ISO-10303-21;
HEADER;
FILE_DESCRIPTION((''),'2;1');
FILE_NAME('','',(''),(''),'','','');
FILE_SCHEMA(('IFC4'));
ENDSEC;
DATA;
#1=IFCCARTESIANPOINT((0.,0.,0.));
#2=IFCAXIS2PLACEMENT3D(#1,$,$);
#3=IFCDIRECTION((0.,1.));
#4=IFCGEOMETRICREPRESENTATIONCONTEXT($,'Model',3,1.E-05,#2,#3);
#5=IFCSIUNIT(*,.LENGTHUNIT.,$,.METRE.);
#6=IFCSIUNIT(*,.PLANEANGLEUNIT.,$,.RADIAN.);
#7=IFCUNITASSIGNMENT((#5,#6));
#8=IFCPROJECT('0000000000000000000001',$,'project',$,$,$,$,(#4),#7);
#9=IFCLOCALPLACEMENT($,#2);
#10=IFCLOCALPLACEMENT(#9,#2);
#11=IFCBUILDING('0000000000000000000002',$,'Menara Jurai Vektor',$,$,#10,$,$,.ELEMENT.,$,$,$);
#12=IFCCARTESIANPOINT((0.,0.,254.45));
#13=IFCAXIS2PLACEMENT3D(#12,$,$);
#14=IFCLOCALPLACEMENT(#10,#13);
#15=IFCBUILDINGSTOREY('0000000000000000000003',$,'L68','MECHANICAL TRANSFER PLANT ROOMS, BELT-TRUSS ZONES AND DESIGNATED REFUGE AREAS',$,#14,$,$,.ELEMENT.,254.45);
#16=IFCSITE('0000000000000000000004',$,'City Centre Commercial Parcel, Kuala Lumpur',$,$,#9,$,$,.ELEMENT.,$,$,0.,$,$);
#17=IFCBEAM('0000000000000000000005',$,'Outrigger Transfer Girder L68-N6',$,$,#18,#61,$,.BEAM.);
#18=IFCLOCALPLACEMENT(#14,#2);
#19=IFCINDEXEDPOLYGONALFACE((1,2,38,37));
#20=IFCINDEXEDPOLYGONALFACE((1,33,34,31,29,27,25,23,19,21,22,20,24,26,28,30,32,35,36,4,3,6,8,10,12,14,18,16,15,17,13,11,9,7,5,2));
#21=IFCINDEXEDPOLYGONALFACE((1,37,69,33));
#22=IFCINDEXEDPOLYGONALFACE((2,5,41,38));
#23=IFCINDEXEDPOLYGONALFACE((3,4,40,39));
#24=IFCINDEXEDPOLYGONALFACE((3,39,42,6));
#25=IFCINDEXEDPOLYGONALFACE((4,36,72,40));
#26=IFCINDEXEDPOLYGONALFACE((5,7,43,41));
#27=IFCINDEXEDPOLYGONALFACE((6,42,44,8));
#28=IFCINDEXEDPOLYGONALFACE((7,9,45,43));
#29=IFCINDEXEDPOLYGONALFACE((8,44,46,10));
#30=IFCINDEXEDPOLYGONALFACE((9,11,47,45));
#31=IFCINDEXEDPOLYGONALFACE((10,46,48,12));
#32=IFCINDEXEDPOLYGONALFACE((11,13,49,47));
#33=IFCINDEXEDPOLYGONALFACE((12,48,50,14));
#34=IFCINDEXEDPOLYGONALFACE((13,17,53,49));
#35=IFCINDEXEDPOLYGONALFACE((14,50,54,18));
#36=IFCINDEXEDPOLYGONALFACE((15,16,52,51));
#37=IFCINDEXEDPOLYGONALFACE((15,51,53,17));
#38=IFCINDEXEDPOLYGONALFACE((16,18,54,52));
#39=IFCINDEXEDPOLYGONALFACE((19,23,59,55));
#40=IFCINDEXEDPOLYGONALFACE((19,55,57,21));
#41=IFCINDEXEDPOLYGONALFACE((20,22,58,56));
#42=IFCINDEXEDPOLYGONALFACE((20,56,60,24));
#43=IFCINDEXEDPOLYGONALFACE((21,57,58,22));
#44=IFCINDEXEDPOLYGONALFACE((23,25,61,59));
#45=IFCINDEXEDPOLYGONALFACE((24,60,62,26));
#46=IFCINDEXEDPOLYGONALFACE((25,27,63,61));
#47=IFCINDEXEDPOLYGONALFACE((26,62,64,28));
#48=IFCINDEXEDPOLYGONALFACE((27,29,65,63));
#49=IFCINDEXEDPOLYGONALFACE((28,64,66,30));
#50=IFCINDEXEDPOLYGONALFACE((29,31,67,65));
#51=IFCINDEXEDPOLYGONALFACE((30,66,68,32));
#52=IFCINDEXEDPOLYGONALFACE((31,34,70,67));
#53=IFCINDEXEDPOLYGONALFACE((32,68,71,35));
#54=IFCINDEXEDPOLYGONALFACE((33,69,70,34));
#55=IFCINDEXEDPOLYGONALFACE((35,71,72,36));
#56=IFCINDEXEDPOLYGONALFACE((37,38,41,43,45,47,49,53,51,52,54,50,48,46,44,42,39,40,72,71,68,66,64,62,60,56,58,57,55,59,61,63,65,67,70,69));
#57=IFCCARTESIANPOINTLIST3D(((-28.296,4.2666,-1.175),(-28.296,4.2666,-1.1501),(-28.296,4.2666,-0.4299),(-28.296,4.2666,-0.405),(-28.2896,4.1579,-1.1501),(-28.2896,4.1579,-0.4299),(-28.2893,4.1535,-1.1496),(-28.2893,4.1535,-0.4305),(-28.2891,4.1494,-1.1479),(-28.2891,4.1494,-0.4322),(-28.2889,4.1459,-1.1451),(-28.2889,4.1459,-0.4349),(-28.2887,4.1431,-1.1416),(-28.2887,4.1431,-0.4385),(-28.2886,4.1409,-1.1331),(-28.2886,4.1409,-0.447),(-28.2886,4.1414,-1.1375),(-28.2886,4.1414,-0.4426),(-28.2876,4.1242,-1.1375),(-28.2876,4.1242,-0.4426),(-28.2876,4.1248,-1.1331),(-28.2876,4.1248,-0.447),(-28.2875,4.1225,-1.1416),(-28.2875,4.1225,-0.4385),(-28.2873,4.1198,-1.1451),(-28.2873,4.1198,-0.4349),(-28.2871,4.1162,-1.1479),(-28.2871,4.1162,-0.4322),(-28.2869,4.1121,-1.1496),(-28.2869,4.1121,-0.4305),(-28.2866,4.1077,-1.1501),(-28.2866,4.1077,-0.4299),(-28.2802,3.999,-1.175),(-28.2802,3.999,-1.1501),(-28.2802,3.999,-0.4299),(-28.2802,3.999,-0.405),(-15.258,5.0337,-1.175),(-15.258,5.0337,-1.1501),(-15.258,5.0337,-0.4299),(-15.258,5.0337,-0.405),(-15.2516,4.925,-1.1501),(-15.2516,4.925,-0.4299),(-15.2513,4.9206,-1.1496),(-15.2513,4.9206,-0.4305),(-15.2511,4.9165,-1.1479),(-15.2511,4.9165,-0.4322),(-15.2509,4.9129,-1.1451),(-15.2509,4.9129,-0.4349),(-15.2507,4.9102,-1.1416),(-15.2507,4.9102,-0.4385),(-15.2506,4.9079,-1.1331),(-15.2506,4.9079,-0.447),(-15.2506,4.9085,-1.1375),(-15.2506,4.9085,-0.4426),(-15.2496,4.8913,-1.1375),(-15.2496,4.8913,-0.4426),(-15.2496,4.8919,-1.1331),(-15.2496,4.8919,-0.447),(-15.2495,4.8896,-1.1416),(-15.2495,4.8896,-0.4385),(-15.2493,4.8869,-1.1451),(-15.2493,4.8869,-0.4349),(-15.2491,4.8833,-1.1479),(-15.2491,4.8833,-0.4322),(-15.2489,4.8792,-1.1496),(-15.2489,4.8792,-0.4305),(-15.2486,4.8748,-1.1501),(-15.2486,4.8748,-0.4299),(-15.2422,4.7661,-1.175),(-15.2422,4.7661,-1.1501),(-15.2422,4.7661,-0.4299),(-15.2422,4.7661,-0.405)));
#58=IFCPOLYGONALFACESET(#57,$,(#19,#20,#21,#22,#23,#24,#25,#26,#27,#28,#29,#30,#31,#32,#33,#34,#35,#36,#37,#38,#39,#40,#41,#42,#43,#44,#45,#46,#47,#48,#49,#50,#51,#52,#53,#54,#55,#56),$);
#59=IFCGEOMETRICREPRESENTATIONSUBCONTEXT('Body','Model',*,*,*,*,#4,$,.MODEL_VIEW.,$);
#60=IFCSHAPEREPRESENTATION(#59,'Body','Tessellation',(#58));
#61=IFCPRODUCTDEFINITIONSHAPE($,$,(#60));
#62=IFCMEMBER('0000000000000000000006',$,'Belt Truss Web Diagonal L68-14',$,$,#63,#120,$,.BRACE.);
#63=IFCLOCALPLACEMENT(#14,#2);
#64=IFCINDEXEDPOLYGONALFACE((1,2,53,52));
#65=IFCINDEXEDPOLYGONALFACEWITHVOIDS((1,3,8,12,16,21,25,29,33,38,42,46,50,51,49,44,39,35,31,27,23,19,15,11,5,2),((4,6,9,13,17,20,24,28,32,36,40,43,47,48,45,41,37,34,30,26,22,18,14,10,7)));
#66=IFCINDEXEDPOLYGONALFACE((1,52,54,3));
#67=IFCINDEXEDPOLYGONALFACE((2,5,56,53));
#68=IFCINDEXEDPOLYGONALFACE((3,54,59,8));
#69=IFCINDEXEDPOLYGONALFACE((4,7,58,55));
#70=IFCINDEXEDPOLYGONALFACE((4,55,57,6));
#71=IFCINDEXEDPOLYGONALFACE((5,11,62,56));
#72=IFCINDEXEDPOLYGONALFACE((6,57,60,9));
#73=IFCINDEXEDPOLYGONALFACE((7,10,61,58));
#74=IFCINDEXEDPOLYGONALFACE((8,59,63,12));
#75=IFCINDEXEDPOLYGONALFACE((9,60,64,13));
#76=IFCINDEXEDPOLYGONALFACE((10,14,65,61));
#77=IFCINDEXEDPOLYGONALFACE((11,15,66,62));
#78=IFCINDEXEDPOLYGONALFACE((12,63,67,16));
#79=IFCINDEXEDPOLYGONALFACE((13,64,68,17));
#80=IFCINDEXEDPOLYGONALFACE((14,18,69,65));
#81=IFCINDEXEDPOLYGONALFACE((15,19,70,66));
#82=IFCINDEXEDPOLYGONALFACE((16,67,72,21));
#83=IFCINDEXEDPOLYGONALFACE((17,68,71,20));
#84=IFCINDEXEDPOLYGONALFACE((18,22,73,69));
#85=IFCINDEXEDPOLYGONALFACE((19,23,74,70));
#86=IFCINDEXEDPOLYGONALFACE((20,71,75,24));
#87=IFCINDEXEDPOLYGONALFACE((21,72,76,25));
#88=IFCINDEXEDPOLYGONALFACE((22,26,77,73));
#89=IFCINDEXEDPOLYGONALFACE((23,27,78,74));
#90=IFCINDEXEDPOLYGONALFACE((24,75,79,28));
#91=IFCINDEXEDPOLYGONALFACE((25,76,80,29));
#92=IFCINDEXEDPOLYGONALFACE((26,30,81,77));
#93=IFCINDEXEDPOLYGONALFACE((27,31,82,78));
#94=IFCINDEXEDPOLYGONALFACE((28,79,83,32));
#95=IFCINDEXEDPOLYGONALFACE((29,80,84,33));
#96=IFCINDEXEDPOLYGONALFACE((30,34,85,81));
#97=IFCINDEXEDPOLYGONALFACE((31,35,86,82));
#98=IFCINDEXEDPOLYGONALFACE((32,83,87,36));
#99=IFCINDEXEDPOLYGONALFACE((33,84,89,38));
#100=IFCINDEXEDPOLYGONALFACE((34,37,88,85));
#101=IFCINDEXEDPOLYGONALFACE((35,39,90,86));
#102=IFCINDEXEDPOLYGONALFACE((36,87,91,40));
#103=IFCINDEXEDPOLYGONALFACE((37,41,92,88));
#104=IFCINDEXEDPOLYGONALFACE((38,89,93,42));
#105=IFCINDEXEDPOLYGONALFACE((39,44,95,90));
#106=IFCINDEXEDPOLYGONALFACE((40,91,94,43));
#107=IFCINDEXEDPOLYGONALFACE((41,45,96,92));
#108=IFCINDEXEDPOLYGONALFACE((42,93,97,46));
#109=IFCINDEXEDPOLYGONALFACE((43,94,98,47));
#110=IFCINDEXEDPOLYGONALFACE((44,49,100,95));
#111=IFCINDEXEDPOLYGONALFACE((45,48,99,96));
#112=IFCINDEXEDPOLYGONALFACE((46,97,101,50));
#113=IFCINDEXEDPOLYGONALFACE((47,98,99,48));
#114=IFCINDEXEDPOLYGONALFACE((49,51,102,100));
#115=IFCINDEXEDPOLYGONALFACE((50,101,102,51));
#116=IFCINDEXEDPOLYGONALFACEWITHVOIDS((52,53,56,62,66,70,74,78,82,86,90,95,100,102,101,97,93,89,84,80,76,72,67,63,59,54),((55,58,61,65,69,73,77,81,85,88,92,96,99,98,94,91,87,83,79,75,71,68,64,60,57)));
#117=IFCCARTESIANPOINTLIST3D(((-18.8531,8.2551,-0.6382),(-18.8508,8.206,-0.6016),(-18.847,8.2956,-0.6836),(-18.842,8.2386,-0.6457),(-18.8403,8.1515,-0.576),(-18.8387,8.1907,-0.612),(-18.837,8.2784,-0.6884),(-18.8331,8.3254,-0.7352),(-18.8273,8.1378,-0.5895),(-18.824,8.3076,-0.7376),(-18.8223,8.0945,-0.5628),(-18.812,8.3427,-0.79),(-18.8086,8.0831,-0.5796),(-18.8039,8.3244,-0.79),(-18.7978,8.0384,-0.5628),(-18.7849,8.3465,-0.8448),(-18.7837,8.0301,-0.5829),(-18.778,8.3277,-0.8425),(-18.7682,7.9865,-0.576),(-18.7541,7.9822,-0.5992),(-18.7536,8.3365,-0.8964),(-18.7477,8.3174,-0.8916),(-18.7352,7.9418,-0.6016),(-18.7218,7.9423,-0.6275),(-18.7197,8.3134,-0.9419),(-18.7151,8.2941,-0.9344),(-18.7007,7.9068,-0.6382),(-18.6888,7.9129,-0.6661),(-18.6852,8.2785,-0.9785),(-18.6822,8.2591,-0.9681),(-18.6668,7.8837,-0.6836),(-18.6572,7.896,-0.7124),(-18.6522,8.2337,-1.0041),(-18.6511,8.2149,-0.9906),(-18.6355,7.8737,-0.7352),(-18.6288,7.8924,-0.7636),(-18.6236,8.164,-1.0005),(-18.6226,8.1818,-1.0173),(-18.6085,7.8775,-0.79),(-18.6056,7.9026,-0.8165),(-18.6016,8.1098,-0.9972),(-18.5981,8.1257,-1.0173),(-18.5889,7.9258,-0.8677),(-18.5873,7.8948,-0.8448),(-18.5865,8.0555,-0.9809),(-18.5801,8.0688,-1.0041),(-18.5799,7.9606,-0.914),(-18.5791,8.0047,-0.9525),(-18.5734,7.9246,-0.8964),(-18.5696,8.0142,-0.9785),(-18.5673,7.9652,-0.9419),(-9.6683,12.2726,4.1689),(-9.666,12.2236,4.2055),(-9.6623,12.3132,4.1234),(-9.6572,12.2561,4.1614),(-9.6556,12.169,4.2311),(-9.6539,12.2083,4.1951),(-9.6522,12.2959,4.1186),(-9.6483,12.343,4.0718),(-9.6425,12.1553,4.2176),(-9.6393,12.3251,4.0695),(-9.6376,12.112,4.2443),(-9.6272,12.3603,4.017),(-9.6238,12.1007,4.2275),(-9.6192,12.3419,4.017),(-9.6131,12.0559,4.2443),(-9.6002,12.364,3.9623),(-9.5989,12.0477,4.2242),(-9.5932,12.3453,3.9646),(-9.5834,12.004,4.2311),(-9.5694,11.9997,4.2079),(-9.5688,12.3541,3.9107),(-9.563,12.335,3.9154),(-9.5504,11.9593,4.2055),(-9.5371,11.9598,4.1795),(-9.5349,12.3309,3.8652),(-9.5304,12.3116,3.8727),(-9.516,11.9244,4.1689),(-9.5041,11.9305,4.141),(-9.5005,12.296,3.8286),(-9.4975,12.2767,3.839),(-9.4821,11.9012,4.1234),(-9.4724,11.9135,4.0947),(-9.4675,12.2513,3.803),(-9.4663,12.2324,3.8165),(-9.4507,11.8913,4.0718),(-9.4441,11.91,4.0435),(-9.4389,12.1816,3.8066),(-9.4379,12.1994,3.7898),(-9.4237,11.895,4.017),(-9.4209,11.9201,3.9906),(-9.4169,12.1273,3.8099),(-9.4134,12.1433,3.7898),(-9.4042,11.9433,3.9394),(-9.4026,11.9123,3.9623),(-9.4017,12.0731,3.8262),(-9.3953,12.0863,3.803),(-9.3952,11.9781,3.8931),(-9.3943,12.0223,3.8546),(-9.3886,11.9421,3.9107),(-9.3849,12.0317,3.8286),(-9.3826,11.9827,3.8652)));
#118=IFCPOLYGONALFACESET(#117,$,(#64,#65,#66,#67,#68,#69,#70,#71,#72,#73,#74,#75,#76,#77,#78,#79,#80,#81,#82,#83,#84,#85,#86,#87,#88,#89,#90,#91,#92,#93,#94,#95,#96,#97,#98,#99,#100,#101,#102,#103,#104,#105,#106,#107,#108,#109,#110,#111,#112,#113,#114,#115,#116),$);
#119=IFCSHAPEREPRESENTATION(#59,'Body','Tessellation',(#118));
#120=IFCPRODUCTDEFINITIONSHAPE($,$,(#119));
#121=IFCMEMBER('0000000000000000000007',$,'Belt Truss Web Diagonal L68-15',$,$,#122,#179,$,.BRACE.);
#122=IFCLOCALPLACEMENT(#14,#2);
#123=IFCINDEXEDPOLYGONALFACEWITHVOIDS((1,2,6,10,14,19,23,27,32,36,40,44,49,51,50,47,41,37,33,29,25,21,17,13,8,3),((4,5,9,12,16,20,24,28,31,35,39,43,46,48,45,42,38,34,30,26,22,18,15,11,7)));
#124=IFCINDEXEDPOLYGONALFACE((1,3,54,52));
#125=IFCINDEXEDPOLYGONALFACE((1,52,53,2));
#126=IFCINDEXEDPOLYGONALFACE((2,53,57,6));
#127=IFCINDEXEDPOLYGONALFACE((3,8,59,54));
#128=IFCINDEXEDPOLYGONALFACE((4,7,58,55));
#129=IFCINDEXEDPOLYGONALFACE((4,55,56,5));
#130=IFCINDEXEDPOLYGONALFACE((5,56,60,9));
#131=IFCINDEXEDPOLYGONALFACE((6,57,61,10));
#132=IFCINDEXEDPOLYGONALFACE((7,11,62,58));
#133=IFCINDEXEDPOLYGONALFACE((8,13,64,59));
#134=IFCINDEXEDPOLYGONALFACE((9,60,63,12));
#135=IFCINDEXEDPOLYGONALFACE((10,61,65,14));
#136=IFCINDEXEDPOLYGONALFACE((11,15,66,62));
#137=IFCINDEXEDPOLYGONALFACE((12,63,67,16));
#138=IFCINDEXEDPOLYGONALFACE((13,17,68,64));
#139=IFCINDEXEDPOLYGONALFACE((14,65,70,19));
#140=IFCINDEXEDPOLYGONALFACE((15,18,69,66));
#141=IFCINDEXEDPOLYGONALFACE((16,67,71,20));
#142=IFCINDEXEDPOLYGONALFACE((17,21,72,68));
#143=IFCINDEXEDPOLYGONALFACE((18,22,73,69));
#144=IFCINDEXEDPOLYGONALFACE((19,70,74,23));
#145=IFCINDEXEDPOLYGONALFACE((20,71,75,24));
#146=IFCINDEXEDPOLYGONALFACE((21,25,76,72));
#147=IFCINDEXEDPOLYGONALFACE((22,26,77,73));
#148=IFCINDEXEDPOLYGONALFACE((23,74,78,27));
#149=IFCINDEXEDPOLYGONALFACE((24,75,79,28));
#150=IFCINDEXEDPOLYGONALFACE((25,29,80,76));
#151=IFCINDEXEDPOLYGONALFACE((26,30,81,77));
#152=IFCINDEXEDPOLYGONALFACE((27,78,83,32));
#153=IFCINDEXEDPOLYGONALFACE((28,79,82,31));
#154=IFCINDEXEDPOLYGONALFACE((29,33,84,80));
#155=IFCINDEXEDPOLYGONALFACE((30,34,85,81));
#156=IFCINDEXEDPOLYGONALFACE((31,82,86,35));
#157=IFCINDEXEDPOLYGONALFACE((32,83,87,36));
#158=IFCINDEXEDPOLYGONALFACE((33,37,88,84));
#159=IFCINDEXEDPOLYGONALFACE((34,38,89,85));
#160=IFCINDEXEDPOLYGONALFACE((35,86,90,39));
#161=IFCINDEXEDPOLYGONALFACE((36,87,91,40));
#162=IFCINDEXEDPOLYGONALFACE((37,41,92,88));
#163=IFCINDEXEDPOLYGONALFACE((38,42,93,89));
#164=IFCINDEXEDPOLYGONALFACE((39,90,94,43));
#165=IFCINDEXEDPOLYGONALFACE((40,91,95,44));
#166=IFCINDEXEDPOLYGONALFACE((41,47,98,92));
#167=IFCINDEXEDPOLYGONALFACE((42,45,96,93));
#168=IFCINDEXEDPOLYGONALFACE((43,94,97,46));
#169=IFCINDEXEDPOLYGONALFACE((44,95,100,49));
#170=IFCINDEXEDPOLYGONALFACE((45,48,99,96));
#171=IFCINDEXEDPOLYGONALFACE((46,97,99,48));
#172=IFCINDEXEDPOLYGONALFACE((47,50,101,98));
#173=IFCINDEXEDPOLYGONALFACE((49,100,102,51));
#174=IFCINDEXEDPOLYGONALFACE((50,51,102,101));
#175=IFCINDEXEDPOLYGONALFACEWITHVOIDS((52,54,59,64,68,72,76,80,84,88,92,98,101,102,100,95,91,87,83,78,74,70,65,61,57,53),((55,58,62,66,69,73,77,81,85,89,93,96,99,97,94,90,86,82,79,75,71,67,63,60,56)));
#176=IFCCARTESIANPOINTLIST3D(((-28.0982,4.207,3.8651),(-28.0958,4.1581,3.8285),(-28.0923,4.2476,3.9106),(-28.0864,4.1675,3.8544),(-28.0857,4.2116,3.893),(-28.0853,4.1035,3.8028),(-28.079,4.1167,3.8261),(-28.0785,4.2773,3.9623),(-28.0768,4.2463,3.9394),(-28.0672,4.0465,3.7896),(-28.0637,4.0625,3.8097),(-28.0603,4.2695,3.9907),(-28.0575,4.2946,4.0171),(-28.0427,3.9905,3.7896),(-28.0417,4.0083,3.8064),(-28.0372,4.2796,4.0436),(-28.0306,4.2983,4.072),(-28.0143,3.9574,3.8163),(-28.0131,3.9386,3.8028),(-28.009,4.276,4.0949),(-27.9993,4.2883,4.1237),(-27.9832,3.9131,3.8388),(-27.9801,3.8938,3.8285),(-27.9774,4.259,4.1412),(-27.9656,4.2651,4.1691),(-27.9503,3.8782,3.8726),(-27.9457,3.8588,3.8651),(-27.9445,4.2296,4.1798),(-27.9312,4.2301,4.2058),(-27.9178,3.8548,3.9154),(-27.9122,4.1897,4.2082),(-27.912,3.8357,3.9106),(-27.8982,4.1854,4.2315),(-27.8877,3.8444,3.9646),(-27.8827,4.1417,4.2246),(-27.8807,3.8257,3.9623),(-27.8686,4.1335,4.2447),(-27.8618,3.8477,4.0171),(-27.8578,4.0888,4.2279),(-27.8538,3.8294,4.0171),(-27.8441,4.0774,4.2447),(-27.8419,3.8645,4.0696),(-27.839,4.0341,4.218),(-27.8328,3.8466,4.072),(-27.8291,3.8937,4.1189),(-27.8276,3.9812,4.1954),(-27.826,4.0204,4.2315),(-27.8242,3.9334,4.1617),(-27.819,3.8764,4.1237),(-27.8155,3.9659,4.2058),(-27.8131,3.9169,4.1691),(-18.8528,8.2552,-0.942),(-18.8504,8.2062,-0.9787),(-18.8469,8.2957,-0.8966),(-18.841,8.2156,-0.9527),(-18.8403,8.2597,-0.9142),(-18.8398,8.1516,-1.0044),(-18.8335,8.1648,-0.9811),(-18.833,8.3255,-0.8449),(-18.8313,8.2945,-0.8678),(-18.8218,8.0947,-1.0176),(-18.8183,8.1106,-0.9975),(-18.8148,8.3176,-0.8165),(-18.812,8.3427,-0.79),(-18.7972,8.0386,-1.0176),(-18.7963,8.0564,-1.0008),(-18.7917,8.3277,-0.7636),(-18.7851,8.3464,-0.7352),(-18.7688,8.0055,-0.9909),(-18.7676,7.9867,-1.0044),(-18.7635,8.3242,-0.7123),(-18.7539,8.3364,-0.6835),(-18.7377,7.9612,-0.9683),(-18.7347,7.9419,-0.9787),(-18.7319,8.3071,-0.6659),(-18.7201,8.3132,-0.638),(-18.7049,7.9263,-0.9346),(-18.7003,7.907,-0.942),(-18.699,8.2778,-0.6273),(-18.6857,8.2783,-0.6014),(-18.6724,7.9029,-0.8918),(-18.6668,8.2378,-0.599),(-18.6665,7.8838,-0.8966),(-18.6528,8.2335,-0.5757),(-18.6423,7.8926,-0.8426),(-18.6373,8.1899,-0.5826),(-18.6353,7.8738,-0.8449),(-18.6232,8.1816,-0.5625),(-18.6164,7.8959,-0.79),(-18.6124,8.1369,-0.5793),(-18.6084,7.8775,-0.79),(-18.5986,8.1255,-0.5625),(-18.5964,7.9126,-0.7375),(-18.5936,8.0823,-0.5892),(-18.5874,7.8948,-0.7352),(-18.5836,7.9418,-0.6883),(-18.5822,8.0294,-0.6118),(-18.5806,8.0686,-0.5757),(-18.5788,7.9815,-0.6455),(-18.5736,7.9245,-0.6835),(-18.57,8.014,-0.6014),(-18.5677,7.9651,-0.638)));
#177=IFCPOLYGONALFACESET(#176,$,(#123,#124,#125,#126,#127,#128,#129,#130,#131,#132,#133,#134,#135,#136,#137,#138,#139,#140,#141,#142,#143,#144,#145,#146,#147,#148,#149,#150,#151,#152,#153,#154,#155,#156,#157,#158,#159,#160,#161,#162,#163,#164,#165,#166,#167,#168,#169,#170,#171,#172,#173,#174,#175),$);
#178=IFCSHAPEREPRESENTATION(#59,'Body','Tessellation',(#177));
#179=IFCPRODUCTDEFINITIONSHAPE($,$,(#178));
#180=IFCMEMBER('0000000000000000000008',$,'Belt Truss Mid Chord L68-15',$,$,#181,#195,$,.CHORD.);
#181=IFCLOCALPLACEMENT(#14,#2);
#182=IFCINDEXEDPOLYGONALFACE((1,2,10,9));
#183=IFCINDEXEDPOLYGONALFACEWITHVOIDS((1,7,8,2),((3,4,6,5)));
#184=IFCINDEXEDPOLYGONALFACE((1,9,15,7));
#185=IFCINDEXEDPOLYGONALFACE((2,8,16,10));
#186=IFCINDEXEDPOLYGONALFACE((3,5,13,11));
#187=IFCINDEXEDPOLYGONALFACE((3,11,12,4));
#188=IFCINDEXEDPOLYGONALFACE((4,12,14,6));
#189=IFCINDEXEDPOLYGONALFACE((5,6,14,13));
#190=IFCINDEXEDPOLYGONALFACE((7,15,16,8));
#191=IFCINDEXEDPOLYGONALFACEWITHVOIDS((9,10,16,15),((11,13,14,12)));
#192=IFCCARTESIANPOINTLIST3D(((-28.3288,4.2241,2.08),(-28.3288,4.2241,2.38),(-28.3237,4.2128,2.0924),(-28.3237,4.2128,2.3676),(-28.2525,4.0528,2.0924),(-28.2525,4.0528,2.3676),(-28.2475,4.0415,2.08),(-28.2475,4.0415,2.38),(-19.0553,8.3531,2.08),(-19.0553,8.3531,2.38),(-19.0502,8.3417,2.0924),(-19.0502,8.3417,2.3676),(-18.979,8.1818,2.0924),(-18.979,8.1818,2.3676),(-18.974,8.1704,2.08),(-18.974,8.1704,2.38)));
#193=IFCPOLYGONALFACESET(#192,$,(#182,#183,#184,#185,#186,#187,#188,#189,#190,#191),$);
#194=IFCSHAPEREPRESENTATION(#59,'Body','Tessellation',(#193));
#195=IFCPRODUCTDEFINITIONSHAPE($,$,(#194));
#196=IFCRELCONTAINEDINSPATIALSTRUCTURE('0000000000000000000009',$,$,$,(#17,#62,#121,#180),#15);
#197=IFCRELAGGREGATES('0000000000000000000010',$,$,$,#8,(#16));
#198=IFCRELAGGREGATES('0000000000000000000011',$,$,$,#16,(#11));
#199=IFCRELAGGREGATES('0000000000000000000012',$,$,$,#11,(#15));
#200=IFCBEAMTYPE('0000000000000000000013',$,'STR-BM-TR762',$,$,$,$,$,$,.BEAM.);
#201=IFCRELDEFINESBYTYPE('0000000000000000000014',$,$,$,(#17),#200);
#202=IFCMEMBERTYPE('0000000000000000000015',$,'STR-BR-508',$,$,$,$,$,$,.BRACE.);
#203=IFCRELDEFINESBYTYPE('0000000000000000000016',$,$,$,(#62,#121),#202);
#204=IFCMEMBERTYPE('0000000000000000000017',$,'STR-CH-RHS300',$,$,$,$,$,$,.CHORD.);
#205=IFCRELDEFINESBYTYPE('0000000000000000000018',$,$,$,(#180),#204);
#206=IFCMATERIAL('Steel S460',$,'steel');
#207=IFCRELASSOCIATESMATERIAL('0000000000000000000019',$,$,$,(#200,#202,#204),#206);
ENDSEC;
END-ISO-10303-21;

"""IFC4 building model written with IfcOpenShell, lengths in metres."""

from ifc_helpers import new_model, si_unit, direction, frame, origin, origin_2d, place, context, subcontext, project, spatial, hollow_rectangle, hollow_circle, i_section, extrude, material, material_profile, profile_set, type_object, element, save


model = new_model("IFC4")

# Units and contexts
model_context = context("Model", 3, precision=1e-05, world=origin(), true_north=direction((0.0, 1.0)))
body_context = subcontext(model_context, "Body", "Model", "MODEL_VIEW")
ifc_project = project(units=[si_unit("LENGTHUNIT", "METRE"), si_unit("PLANEANGLEUNIT", "RADIAN")], contexts=[model_context])

# Site, building, storey
site_placement = place(None, origin())
site = spatial("IfcSite", under=ifc_project, at=site_placement, Name="City Centre Commercial Parcel, Kuala Lumpur", CompositionType="ELEMENT", RefElevation=0.0)
building_placement = place(site_placement, origin())
building = spatial("IfcBuilding", under=site, at=building_placement, Name="Menara Jurai Vektor", CompositionType="ELEMENT")
storey_placement = place(building_placement, frame((0.0, 0.0, 254.45)))
storey = spatial("IfcBuildingStorey", under=building, at=storey_placement, Name="L68", Description="MECHANICAL TRANSFER PLANT ROOMS, BELT-TRUSS ZONES AND DESIGNATED REFUGE AREAS", CompositionType="ELEMENT", Elevation=254.45)

# Shared definitions
ifc_material_1 = material(Name="Steel S460", Category="steel")

# Beam
ifc_material_profile_1 = material_profile(ifc_material_1, i_section(OverallWidth=0.2681, OverallDepth=0.77, WebThickness=0.0161, FlangeThickness=0.0249, FilletRadius=0.0171, at=origin_2d()), Name="UKB 762x267x197")
ifc_profile_set_1 = profile_set([ifc_material_profile_1], Name="Steel S460")
beam_type_1 = type_object("IfcBeamType", Name="STR-BM-TR762", PredefinedType="BEAM", material=ifc_profile_set_1)
beam_1_placement = place(storey_placement, frame((-28.2881, 4.1328, -0.79), z_axis=(0.998274, 0.058733, 0.0), x_axis=(-0.058733, 0.998274, 0.0)))
element("IfcBeam", 1, at=beam_1_placement, inside=storey, type_object=beam_type_1, Name="Outrigger Transfer Girder L68-N6", PredefinedType="BEAM", context=body_context, shape_type="SweptSolid", body=[
    extrude(i_section(OverallWidth=0.2681, OverallDepth=0.77, WebThickness=0.0161, FlangeThickness=0.0249, FilletRadius=0.0171, at=origin_2d()), origin(), (0.0, 0.0, 1.0), 13.0605),
])

# Members
ifc_material_profile_2 = material_profile(ifc_material_1, hollow_circle(Radius=0.2539, WallThickness=0.02, at=origin_2d()), Name="CHS 508x20")
ifc_profile_set_2 = profile_set([ifc_material_profile_2], Name="Steel S460")
member_type_1 = type_object("IfcMemberType", Name="STR-BR-508", PredefinedType="BRACE", material=ifc_profile_set_2)
member_1_placement = place(storey_placement, frame((-18.7102, 8.1101, -0.79), z_axis=(0.82612, 0.361358, 0.432373), x_axis=(-0.400754, 0.916186, 0.0)))
element("IfcMember", 2, at=member_1_placement, inside=storey, type_object=member_type_1, Name="Belt Truss Web Diagonal L68-14", PredefinedType="BRACE", context=body_context, shape_type="SweptSolid", body=[
    extrude(hollow_circle(Radius=0.2539, WallThickness=0.02, at=origin_2d()), origin(), (0.0, 0.0, 1.0), 11.1179),
])
member_2_placement = place(storey_placement, frame((-18.7102, 8.1101, -0.79), z_axis=(-0.827022, -0.362113, 0.43001), x_axis=(0.401089, -0.916039, 0.0)))
element("IfcMember", 3, at=member_2_placement, inside=storey, type_object=member_type_1, Name="Belt Truss Web Diagonal L68-15", PredefinedType="BRACE", context=body_context, shape_type="SweptSolid", body=[
    extrude(hollow_circle(Radius=0.2539, WallThickness=0.02, at=origin_2d()), origin(), (0.0, 0.0, 1.0), 11.1792),
])
ifc_material_profile_3 = material_profile(ifc_material_1, hollow_rectangle(XDim=0.2, YDim=0.3, WallThickness=0.0125, at=origin_2d()), Name="RHS 300x200x12.5")
ifc_profile_set_3 = profile_set([ifc_material_profile_3], Name="Steel S460")
member_type_2 = type_object("IfcMemberType", Name="STR-CH-RHS300", PredefinedType="CHORD", material=ifc_profile_set_3)
member_3_placement = place(storey_placement, frame((-19.0146, 8.2617, 2.23), z_axis=(-0.913542, -0.406745, 0.0), x_axis=(0.406745, -0.913542, 0.0)))
element("IfcMember", 4, at=member_3_placement, inside=storey, type_object=member_type_2, Name="Belt Truss Mid Chord L68-15", PredefinedType="CHORD", context=body_context, shape_type="SweptSolid", body=[
    extrude(hollow_rectangle(XDim=0.2, YDim=0.3, WallThickness=0.0125, at=origin_2d()), origin(), (0.0, 0.0, 1.0), 10.1511),
])

save(model, "model.ifc")
